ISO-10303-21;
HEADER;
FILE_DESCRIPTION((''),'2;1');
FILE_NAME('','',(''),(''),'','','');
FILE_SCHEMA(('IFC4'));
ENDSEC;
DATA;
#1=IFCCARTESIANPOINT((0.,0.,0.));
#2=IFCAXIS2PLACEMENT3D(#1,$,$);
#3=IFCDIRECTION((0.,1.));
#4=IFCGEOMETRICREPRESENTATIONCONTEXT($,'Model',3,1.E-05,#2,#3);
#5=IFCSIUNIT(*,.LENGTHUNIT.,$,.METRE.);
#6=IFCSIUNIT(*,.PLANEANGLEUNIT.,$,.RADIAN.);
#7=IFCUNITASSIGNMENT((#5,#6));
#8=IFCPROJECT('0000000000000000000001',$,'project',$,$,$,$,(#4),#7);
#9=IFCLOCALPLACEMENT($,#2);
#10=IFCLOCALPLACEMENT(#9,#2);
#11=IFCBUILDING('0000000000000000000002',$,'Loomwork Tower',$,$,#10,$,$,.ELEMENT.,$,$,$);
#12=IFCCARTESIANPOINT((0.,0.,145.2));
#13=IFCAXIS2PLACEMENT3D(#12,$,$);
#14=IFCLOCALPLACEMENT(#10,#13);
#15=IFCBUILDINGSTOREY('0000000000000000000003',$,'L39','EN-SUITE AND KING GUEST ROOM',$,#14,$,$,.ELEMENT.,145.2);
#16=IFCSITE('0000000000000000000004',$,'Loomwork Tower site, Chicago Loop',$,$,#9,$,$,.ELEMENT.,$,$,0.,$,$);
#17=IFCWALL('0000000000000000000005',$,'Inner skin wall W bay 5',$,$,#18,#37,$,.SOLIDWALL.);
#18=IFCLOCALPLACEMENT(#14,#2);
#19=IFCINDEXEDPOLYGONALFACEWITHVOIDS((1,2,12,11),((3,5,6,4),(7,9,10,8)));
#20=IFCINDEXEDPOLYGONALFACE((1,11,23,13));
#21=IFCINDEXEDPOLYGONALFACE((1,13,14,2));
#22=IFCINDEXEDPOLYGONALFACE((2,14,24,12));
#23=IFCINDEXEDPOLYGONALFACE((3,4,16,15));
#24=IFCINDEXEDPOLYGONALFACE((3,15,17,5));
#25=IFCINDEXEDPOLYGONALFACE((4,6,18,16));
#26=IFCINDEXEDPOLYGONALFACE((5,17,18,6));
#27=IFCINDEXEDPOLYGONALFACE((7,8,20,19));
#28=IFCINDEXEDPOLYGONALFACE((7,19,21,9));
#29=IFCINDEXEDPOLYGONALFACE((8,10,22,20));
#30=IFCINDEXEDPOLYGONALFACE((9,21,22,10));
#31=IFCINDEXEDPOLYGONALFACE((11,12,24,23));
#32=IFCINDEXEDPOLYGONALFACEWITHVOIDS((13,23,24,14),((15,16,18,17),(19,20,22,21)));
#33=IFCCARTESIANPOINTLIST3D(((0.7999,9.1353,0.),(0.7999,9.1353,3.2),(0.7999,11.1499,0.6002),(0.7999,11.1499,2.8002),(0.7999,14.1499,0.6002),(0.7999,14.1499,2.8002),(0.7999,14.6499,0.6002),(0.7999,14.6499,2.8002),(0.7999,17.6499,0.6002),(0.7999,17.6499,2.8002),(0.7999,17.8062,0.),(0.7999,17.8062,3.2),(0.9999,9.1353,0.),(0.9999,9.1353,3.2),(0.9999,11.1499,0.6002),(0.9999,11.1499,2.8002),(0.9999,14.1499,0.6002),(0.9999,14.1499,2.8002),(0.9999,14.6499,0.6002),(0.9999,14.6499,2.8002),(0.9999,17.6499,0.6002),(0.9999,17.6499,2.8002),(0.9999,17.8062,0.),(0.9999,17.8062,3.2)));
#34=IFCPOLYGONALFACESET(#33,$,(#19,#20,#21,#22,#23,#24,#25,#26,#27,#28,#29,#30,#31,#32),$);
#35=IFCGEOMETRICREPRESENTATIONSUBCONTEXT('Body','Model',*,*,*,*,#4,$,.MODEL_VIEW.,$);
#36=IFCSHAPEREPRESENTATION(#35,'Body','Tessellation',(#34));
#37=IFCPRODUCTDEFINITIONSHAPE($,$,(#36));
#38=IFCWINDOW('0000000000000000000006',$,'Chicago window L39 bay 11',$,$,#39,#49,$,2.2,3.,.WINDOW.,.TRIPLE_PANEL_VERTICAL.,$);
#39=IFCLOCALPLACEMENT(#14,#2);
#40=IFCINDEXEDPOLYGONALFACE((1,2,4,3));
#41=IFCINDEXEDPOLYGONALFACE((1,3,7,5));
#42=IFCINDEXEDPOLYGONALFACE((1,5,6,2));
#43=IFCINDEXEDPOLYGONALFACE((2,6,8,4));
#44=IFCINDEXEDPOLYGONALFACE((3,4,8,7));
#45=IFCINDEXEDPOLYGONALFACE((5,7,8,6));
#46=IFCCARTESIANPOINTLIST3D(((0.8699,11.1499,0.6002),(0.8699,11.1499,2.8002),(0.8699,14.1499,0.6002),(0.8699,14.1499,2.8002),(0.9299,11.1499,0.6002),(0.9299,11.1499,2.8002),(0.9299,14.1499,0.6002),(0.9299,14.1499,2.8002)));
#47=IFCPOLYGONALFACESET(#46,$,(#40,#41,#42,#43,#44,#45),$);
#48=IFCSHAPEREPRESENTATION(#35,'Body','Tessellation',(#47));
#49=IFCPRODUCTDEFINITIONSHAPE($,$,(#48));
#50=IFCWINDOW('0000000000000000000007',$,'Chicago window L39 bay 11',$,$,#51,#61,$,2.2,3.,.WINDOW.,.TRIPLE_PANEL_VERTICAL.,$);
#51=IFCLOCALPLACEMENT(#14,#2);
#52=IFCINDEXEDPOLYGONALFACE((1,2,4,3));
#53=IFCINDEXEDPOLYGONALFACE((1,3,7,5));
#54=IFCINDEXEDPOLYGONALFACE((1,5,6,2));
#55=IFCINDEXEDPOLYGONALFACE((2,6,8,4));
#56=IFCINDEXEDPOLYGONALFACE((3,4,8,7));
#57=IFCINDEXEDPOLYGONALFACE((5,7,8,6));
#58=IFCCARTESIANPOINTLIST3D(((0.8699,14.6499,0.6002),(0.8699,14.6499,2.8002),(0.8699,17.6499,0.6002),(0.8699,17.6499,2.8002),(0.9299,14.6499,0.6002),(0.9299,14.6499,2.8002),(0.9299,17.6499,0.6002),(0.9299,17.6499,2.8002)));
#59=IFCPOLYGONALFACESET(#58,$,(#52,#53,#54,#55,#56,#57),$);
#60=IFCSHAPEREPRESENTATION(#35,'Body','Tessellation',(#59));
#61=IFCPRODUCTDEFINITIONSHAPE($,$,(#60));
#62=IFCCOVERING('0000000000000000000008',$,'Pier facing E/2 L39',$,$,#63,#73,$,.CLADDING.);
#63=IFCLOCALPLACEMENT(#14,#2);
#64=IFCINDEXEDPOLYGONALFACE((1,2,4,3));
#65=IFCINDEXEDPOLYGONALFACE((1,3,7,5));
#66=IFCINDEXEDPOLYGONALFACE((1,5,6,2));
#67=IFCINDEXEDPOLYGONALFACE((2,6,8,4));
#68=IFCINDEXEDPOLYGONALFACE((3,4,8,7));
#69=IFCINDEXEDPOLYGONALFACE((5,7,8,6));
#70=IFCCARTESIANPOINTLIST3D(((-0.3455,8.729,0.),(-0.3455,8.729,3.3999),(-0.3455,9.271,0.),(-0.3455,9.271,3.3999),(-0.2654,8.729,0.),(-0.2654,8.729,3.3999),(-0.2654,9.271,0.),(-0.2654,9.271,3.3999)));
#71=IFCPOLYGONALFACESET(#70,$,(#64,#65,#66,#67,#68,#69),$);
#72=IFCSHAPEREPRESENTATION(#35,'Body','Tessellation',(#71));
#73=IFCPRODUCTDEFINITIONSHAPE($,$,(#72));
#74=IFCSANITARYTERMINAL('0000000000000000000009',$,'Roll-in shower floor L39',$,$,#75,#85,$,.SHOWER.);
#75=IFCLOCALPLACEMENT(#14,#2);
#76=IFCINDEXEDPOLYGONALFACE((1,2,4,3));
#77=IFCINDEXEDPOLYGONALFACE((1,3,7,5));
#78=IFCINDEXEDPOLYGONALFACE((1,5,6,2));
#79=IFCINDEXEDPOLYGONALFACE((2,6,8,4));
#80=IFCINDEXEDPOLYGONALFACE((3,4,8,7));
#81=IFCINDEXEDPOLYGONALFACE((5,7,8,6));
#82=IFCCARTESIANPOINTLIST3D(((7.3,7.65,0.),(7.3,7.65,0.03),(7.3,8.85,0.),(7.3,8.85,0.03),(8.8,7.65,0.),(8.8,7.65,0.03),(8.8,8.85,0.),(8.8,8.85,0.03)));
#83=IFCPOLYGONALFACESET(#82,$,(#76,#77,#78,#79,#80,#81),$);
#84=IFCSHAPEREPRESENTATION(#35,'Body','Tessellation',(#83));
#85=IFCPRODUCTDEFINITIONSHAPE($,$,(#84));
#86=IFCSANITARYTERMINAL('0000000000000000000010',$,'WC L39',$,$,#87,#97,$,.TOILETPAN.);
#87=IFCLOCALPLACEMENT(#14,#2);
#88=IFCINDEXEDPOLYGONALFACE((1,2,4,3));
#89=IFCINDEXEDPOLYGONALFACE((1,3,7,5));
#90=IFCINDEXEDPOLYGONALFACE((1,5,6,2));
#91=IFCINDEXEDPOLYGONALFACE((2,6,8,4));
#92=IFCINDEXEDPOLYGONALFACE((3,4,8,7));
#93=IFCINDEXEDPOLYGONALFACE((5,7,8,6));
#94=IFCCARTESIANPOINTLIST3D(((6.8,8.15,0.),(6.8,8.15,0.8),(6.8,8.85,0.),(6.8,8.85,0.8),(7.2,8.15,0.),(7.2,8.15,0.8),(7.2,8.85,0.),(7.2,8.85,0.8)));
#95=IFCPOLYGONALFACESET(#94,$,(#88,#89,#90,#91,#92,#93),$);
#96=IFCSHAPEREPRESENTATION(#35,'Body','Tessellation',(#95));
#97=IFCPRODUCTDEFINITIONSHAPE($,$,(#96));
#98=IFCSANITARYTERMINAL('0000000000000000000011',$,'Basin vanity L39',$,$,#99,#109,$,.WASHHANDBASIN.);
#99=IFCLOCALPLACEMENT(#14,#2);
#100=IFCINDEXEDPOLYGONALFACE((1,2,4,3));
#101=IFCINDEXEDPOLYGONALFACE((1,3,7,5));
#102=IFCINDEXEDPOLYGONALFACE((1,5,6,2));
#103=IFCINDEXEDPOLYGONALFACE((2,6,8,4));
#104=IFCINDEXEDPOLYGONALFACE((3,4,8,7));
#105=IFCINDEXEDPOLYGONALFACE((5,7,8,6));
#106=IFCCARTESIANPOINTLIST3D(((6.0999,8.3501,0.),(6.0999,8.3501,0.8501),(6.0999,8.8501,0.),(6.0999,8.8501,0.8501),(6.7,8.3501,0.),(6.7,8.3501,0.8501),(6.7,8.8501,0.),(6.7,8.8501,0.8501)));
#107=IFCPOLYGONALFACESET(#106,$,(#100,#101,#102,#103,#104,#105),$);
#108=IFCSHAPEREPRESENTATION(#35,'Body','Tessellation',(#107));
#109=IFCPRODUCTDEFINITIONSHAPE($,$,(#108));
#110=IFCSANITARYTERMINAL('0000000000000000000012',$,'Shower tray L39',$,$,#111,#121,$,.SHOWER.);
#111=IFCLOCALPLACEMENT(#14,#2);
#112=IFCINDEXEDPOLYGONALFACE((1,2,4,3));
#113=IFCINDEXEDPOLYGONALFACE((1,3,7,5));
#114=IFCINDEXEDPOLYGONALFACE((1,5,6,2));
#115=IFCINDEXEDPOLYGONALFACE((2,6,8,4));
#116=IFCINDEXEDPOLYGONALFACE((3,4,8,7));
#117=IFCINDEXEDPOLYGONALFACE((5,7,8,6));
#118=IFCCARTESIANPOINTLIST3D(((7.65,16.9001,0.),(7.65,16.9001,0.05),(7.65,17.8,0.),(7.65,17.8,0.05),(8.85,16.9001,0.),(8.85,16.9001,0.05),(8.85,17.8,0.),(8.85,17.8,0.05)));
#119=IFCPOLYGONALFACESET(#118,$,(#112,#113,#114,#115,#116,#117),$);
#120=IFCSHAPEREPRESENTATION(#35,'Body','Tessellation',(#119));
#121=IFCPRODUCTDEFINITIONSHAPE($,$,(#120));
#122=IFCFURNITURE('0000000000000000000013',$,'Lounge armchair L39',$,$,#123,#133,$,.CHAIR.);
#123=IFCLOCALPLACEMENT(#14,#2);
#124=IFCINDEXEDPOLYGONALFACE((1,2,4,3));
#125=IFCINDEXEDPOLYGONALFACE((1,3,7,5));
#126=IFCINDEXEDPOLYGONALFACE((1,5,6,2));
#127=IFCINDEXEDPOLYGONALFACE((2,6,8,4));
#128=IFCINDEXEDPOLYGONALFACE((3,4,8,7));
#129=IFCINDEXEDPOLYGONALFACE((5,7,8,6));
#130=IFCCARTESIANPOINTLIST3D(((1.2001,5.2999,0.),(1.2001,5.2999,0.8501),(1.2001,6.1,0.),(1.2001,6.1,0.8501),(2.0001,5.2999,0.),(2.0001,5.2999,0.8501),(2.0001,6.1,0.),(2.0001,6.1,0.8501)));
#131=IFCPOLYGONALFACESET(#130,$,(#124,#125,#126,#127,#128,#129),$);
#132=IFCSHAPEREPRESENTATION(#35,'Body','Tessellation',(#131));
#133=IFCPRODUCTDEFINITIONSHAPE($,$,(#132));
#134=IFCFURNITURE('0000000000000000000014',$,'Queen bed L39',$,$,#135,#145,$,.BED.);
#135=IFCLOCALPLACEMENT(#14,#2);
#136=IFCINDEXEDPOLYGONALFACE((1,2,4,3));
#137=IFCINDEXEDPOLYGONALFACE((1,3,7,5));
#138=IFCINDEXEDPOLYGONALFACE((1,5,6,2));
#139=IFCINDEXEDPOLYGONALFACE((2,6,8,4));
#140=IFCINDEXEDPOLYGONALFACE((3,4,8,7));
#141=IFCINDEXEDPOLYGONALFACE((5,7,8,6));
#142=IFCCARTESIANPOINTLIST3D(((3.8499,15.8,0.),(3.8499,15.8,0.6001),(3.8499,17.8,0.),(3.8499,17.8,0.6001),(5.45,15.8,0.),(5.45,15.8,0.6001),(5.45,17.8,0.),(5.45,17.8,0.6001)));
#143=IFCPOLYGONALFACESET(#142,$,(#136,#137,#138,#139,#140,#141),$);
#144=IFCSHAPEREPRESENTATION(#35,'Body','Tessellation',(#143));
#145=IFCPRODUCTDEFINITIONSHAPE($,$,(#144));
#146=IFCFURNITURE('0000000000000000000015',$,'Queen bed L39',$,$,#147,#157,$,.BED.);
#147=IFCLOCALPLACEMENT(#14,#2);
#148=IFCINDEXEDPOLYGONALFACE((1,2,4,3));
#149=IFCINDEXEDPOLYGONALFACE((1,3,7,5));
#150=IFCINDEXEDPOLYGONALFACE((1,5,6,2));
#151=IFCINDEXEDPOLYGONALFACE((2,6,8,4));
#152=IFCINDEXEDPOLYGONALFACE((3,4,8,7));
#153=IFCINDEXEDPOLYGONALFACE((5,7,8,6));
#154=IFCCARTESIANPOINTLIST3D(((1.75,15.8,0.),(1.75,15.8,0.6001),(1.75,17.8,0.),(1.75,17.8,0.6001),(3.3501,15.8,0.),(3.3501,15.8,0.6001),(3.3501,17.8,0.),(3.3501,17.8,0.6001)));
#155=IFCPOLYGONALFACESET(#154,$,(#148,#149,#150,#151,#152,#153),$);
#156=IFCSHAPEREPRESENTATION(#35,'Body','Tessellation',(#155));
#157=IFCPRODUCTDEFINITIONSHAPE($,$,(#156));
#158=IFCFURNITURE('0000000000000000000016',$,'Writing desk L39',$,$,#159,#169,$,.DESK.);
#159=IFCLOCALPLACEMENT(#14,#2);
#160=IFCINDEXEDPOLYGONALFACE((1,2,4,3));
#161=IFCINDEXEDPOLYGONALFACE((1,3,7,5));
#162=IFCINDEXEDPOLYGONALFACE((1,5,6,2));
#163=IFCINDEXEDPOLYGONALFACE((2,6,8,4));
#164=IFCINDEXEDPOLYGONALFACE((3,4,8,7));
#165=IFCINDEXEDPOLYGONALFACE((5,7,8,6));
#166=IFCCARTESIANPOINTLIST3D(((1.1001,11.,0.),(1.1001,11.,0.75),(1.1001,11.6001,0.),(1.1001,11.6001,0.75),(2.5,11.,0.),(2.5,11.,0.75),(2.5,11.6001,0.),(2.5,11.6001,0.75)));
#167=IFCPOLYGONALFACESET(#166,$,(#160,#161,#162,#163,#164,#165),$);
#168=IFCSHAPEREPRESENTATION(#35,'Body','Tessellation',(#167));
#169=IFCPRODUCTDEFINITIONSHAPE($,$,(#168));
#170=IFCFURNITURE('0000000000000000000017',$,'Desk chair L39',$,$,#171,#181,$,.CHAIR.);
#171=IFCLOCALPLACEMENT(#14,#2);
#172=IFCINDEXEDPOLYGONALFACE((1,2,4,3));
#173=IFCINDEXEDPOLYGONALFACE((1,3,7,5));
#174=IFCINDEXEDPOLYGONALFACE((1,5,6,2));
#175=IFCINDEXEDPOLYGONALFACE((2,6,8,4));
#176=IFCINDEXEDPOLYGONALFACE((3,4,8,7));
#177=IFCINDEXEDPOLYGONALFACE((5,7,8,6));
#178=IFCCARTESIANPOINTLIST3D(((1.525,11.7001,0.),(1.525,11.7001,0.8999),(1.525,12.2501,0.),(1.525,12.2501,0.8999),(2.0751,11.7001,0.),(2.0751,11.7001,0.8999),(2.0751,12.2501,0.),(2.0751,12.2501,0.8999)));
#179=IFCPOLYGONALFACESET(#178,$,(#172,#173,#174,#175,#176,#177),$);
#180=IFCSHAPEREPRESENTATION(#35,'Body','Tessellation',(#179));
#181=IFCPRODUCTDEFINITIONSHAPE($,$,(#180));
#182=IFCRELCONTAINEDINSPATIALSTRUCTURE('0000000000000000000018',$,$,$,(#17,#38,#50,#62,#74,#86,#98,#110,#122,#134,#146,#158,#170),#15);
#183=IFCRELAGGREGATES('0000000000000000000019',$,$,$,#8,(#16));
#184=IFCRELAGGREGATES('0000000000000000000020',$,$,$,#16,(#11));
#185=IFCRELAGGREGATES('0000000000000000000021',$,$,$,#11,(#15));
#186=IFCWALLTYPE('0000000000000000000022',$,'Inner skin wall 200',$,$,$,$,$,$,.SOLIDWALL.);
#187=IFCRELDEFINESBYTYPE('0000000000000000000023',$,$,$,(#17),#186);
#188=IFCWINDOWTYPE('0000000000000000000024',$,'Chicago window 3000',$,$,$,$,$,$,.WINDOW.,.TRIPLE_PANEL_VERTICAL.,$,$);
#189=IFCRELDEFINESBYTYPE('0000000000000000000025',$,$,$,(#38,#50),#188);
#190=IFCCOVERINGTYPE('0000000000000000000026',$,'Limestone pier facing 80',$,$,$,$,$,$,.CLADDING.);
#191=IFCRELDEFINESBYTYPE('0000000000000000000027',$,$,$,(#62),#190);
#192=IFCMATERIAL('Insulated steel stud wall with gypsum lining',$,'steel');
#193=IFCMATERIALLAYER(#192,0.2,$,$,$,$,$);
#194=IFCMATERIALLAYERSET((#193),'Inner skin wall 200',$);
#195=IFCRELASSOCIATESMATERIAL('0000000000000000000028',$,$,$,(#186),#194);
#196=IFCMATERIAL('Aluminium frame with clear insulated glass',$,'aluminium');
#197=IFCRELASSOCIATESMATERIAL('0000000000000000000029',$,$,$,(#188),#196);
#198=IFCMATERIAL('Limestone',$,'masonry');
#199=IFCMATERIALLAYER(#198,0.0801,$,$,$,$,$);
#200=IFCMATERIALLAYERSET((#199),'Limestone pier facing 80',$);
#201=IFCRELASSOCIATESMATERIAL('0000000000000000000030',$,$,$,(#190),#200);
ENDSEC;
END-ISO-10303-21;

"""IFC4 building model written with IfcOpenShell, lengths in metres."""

from ifc_helpers import new_model, si_unit, direction, frame, frame_2d, origin, origin_2d, place, context, subcontext, project, spatial, rectangle, extrude, material, layer, layer_set, type_object, element, fill, save


model = new_model("IFC4")

# Units and contexts
model_context = context("Model", 3, precision=1e-05, world=origin(), true_north=direction((0.0, 1.0)))
body_context = subcontext(model_context, "Body", "Model", "MODEL_VIEW")
ifc_project = project(units=[si_unit("LENGTHUNIT", "METRE"), si_unit("PLANEANGLEUNIT", "RADIAN")], contexts=[model_context])

# Site, building, storey
site_placement = place(None, origin())
site = spatial("IfcSite", under=ifc_project, at=site_placement, Name="Loomwork Tower site, Chicago Loop", CompositionType="ELEMENT", RefElevation=0.0)
building_placement = place(site_placement, origin())
building = spatial("IfcBuilding", under=site, at=building_placement, Name="Loomwork Tower", CompositionType="ELEMENT")
storey_placement = place(building_placement, frame((0.0, 0.0, 145.2)))
storey = spatial("IfcBuildingStorey", under=building, at=storey_placement, Name="L39", Description="EN-SUITE AND KING GUEST ROOM", CompositionType="ELEMENT", Elevation=145.2)

# Shared definitions
ifc_material_1 = material(Name="Insulated steel stud wall with gypsum lining", Category="steel")
ifc_layer_1 = layer(ifc_material_1, 0.2)
ifc_layer_set_1 = layer_set([ifc_layer_1], Name="Inner skin wall 200")
wall_type_1 = type_object("IfcWallType", Name="Inner skin wall 200", PredefinedType="SOLIDWALL", material=ifc_layer_set_1)

# Wall, openings, windows
wall_1_placement = place(storey_placement, frame((0.8999, 9.1353, 0.0), z_axis=(0.0, 0.0, 1.0), x_axis=(0.0, 1.0, 0.0)))
wall_1 = element("IfcWall", 1, at=wall_1_placement, inside=storey, type_object=wall_type_1, Name="Inner skin wall W bay 5", PredefinedType="SOLIDWALL", context=body_context, shape_type="SweptSolid", body=[
    extrude(rectangle(XDim=8.6709, YDim=0.2, at=frame_2d((4.3354, 0.0))), origin(), (0.0, 0.0, 1.0), 3.2),
])
opening_1_placement = place(wall_1_placement, frame((2.0146, 0.0, 0.6001)))
opening_1 = element("IfcOpeningElement", 2, at=opening_1_placement, cuts=wall_1, PredefinedType="OPENING", context=body_context, shape_type="SweptSolid", body=[
    extrude(rectangle(XDim=3.0, YDim=2.2, at=frame_2d((1.5, 1.1001))), frame((0.0, 0.1099, 0.0), z_axis=(0.0, -1.0, 0.0), x_axis=(1.0, 0.0, 0.0)), (0.0, 0.0, 1.0), 0.22),
])
opening_2_placement = place(wall_1_placement, frame((5.5146, 0.0, 0.6001)))
opening_2 = element("IfcOpeningElement", 3, at=opening_2_placement, cuts=wall_1, PredefinedType="OPENING", context=body_context, shape_type="SweptSolid", body=[
    extrude(rectangle(XDim=3.0, YDim=2.2, at=frame_2d((1.5, 1.1001))), frame((0.0, 0.1099, 0.0), z_axis=(0.0, -1.0, 0.0), x_axis=(1.0, 0.0, 0.0)), (0.0, 0.0, 1.0), 0.22),
])
ifc_material_2 = material(Name="Aluminium frame with clear insulated glass", Category="aluminium")
window_type = type_object("IfcWindowType", Name="Chicago window 3000", PartitioningType="TRIPLE_PANEL_VERTICAL", PredefinedType="WINDOW", material=ifc_material_2)
window_1_placement = place(opening_1_placement, origin())
window_1 = element("IfcWindow", 4, at=window_1_placement, inside=storey, type_object=window_type, Name="Chicago window L39 bay 11", OverallHeight=2.2, OverallWidth=3.0, PartitioningType="TRIPLE_PANEL_VERTICAL", PredefinedType="WINDOW", context=body_context, shape_type="SweptSolid", body=[
    extrude(rectangle(XDim=3.0, YDim=2.2, at=frame_2d((1.5, 1.1001))), frame((0.0, 0.03, 0.0), z_axis=(0.0, -1.0, 0.0), x_axis=(1.0, 0.0, 0.0)), (0.0, 0.0, 1.0), 0.0601),
])
fill(opening_1, window_1)
window_2_placement = place(opening_2_placement, origin())
window_2 = element("IfcWindow", 5, at=window_2_placement, inside=storey, type_object=window_type, Name="Chicago window L39 bay 11", OverallHeight=2.2, OverallWidth=3.0, PartitioningType="TRIPLE_PANEL_VERTICAL", PredefinedType="WINDOW", context=body_context, shape_type="SweptSolid", body=[
    extrude(rectangle(XDim=3.0, YDim=2.2, at=frame_2d((1.5, 1.1001))), frame((0.0, 0.03, 0.0), z_axis=(0.0, -1.0, 0.0), x_axis=(1.0, 0.0, 0.0)), (0.0, 0.0, 1.0), 0.0601),
])
fill(opening_2, window_2)

# Covering
ifc_material_3 = material(Name="Limestone", Category="masonry")
ifc_layer_2 = layer(ifc_material_3, 0.0801)
ifc_layer_set_2 = layer_set([ifc_layer_2], Name="Limestone pier facing 80")
covering_type = type_object("IfcCoveringType", Name="Limestone pier facing 80", PredefinedType="CLADDING", material=ifc_layer_set_2)
covering_placement = place(storey_placement, frame((-0.3054, 9.0, 0.0), z_axis=(0.0, 0.0, 1.0), x_axis=(1.0, 0.0, 0.0)))
element("IfcCovering", 6, at=covering_placement, inside=storey, type_object=covering_type, Name="Pier facing E/2 L39", PredefinedType="CLADDING", context=body_context, shape_type="SweptSolid", body=[
    extrude(rectangle(XDim=0.0801, YDim=0.542, at=origin_2d()), origin(), (0.0, 0.0, 1.0), 3.3999),
])

# Sanitary terminals
sanitary_terminal_1_placement = place(storey_placement, frame((8.05, 8.25, 0.0), z_axis=(0.0, 0.0, 1.0), x_axis=(1.0, 0.0, 0.0)))
element("IfcSanitaryTerminal", 7, at=sanitary_terminal_1_placement, inside=storey, Name="Roll-in shower floor L39", PredefinedType="SHOWER", context=body_context, shape_type="SweptSolid", body=[
    extrude(rectangle(XDim=1.5, YDim=1.2, at=origin_2d()), origin(), (0.0, 0.0, 1.0), 0.03),
])
sanitary_terminal_2_placement = place(storey_placement, frame((7.0, 8.5, 0.0), z_axis=(0.0, 0.0, 1.0), x_axis=(1.0, 0.0, 0.0)))
element("IfcSanitaryTerminal", 8, at=sanitary_terminal_2_placement, inside=storey, Name="WC L39", PredefinedType="TOILETPAN", context=body_context, shape_type="SweptSolid", body=[
    extrude(rectangle(XDim=0.3999, YDim=0.7, at=origin_2d()), origin(), (0.0, 0.0, 1.0), 0.8),
])
sanitary_terminal_3_placement = place(storey_placement, frame((6.3999, 8.6001, 0.0), z_axis=(0.0, 0.0, 1.0), x_axis=(1.0, 0.0, 0.0)))
element("IfcSanitaryTerminal", 9, at=sanitary_terminal_3_placement, inside=storey, Name="Basin vanity L39", PredefinedType="WASHHANDBASIN", context=body_context, shape_type="SweptSolid", body=[
    extrude(rectangle(XDim=0.6001, YDim=0.5, at=origin_2d()), origin(), (0.0, 0.0, 1.0), 0.8501),
])
sanitary_terminal_4_placement = place(storey_placement, frame((8.25, 17.3501, 0.0), z_axis=(0.0, 0.0, 1.0), x_axis=(1.0, 0.0, 0.0)))
element("IfcSanitaryTerminal", 10, at=sanitary_terminal_4_placement, inside=storey, Name="Shower tray L39", PredefinedType="SHOWER", context=body_context, shape_type="SweptSolid", body=[
    extrude(rectangle(XDim=1.2, YDim=0.8999, at=origin_2d()), origin(), (0.0, 0.0, 1.0), 0.05),
])

# Furniture
furniture_1_placement = place(storey_placement, frame((1.6001, 5.7, 0.0), z_axis=(0.0, 0.0, 1.0), x_axis=(1.0, 0.0, 0.0)))
element("IfcFurniture", 11, at=furniture_1_placement, inside=storey, Name="Lounge armchair L39", PredefinedType="CHAIR", context=body_context, shape_type="SweptSolid", body=[
    extrude(rectangle(XDim=0.8, YDim=0.8, at=origin_2d()), origin(), (0.0, 0.0, 1.0), 0.8501),
])
for number, where, z_axis, x_axis, name in (
    (12, (4.6499, 16.8, 0.0), (0.0, 0.0, 1.0), (1.0, 0.0, 0.0), "Queen bed L39"),
    (13, (2.55, 16.8, 0.0), (0.0, 0.0, 1.0), (1.0, 0.0, 0.0), "Queen bed L39"),
):
    element("IfcFurniture", number, at=place(storey_placement, frame(where, z_axis=z_axis, x_axis=x_axis)), inside=storey, Name=name, PredefinedType="BED", context=body_context, shape_type="SweptSolid", body=[
        extrude(rectangle(XDim=1.6001, YDim=2.0, at=origin_2d()), origin(), (0.0, 0.0, 1.0), 0.6001),
    ])
furniture_2_placement = place(storey_placement, frame((1.8, 11.3, 0.0), z_axis=(0.0, 0.0, 1.0), x_axis=(1.0, 0.0, 0.0)))
element("IfcFurniture", 14, at=furniture_2_placement, inside=storey, Name="Writing desk L39", PredefinedType="DESK", context=body_context, shape_type="SweptSolid", body=[
    extrude(rectangle(XDim=1.3999, YDim=0.6001, at=origin_2d()), origin(), (0.0, 0.0, 1.0), 0.75),
])
furniture_3_placement = place(storey_placement, frame((1.8, 11.9751, 0.0), z_axis=(0.0, 0.0, 1.0), x_axis=(1.0, 0.0, 0.0)))
element("IfcFurniture", 15, at=furniture_3_placement, inside=storey, Name="Desk chair L39", PredefinedType="CHAIR", context=body_context, shape_type="SweptSolid", body=[
    extrude(rectangle(XDim=0.55, YDim=0.55, at=origin_2d()), origin(), (0.0, 0.0, 1.0), 0.8999),
])

save(model, "model.ifc")
